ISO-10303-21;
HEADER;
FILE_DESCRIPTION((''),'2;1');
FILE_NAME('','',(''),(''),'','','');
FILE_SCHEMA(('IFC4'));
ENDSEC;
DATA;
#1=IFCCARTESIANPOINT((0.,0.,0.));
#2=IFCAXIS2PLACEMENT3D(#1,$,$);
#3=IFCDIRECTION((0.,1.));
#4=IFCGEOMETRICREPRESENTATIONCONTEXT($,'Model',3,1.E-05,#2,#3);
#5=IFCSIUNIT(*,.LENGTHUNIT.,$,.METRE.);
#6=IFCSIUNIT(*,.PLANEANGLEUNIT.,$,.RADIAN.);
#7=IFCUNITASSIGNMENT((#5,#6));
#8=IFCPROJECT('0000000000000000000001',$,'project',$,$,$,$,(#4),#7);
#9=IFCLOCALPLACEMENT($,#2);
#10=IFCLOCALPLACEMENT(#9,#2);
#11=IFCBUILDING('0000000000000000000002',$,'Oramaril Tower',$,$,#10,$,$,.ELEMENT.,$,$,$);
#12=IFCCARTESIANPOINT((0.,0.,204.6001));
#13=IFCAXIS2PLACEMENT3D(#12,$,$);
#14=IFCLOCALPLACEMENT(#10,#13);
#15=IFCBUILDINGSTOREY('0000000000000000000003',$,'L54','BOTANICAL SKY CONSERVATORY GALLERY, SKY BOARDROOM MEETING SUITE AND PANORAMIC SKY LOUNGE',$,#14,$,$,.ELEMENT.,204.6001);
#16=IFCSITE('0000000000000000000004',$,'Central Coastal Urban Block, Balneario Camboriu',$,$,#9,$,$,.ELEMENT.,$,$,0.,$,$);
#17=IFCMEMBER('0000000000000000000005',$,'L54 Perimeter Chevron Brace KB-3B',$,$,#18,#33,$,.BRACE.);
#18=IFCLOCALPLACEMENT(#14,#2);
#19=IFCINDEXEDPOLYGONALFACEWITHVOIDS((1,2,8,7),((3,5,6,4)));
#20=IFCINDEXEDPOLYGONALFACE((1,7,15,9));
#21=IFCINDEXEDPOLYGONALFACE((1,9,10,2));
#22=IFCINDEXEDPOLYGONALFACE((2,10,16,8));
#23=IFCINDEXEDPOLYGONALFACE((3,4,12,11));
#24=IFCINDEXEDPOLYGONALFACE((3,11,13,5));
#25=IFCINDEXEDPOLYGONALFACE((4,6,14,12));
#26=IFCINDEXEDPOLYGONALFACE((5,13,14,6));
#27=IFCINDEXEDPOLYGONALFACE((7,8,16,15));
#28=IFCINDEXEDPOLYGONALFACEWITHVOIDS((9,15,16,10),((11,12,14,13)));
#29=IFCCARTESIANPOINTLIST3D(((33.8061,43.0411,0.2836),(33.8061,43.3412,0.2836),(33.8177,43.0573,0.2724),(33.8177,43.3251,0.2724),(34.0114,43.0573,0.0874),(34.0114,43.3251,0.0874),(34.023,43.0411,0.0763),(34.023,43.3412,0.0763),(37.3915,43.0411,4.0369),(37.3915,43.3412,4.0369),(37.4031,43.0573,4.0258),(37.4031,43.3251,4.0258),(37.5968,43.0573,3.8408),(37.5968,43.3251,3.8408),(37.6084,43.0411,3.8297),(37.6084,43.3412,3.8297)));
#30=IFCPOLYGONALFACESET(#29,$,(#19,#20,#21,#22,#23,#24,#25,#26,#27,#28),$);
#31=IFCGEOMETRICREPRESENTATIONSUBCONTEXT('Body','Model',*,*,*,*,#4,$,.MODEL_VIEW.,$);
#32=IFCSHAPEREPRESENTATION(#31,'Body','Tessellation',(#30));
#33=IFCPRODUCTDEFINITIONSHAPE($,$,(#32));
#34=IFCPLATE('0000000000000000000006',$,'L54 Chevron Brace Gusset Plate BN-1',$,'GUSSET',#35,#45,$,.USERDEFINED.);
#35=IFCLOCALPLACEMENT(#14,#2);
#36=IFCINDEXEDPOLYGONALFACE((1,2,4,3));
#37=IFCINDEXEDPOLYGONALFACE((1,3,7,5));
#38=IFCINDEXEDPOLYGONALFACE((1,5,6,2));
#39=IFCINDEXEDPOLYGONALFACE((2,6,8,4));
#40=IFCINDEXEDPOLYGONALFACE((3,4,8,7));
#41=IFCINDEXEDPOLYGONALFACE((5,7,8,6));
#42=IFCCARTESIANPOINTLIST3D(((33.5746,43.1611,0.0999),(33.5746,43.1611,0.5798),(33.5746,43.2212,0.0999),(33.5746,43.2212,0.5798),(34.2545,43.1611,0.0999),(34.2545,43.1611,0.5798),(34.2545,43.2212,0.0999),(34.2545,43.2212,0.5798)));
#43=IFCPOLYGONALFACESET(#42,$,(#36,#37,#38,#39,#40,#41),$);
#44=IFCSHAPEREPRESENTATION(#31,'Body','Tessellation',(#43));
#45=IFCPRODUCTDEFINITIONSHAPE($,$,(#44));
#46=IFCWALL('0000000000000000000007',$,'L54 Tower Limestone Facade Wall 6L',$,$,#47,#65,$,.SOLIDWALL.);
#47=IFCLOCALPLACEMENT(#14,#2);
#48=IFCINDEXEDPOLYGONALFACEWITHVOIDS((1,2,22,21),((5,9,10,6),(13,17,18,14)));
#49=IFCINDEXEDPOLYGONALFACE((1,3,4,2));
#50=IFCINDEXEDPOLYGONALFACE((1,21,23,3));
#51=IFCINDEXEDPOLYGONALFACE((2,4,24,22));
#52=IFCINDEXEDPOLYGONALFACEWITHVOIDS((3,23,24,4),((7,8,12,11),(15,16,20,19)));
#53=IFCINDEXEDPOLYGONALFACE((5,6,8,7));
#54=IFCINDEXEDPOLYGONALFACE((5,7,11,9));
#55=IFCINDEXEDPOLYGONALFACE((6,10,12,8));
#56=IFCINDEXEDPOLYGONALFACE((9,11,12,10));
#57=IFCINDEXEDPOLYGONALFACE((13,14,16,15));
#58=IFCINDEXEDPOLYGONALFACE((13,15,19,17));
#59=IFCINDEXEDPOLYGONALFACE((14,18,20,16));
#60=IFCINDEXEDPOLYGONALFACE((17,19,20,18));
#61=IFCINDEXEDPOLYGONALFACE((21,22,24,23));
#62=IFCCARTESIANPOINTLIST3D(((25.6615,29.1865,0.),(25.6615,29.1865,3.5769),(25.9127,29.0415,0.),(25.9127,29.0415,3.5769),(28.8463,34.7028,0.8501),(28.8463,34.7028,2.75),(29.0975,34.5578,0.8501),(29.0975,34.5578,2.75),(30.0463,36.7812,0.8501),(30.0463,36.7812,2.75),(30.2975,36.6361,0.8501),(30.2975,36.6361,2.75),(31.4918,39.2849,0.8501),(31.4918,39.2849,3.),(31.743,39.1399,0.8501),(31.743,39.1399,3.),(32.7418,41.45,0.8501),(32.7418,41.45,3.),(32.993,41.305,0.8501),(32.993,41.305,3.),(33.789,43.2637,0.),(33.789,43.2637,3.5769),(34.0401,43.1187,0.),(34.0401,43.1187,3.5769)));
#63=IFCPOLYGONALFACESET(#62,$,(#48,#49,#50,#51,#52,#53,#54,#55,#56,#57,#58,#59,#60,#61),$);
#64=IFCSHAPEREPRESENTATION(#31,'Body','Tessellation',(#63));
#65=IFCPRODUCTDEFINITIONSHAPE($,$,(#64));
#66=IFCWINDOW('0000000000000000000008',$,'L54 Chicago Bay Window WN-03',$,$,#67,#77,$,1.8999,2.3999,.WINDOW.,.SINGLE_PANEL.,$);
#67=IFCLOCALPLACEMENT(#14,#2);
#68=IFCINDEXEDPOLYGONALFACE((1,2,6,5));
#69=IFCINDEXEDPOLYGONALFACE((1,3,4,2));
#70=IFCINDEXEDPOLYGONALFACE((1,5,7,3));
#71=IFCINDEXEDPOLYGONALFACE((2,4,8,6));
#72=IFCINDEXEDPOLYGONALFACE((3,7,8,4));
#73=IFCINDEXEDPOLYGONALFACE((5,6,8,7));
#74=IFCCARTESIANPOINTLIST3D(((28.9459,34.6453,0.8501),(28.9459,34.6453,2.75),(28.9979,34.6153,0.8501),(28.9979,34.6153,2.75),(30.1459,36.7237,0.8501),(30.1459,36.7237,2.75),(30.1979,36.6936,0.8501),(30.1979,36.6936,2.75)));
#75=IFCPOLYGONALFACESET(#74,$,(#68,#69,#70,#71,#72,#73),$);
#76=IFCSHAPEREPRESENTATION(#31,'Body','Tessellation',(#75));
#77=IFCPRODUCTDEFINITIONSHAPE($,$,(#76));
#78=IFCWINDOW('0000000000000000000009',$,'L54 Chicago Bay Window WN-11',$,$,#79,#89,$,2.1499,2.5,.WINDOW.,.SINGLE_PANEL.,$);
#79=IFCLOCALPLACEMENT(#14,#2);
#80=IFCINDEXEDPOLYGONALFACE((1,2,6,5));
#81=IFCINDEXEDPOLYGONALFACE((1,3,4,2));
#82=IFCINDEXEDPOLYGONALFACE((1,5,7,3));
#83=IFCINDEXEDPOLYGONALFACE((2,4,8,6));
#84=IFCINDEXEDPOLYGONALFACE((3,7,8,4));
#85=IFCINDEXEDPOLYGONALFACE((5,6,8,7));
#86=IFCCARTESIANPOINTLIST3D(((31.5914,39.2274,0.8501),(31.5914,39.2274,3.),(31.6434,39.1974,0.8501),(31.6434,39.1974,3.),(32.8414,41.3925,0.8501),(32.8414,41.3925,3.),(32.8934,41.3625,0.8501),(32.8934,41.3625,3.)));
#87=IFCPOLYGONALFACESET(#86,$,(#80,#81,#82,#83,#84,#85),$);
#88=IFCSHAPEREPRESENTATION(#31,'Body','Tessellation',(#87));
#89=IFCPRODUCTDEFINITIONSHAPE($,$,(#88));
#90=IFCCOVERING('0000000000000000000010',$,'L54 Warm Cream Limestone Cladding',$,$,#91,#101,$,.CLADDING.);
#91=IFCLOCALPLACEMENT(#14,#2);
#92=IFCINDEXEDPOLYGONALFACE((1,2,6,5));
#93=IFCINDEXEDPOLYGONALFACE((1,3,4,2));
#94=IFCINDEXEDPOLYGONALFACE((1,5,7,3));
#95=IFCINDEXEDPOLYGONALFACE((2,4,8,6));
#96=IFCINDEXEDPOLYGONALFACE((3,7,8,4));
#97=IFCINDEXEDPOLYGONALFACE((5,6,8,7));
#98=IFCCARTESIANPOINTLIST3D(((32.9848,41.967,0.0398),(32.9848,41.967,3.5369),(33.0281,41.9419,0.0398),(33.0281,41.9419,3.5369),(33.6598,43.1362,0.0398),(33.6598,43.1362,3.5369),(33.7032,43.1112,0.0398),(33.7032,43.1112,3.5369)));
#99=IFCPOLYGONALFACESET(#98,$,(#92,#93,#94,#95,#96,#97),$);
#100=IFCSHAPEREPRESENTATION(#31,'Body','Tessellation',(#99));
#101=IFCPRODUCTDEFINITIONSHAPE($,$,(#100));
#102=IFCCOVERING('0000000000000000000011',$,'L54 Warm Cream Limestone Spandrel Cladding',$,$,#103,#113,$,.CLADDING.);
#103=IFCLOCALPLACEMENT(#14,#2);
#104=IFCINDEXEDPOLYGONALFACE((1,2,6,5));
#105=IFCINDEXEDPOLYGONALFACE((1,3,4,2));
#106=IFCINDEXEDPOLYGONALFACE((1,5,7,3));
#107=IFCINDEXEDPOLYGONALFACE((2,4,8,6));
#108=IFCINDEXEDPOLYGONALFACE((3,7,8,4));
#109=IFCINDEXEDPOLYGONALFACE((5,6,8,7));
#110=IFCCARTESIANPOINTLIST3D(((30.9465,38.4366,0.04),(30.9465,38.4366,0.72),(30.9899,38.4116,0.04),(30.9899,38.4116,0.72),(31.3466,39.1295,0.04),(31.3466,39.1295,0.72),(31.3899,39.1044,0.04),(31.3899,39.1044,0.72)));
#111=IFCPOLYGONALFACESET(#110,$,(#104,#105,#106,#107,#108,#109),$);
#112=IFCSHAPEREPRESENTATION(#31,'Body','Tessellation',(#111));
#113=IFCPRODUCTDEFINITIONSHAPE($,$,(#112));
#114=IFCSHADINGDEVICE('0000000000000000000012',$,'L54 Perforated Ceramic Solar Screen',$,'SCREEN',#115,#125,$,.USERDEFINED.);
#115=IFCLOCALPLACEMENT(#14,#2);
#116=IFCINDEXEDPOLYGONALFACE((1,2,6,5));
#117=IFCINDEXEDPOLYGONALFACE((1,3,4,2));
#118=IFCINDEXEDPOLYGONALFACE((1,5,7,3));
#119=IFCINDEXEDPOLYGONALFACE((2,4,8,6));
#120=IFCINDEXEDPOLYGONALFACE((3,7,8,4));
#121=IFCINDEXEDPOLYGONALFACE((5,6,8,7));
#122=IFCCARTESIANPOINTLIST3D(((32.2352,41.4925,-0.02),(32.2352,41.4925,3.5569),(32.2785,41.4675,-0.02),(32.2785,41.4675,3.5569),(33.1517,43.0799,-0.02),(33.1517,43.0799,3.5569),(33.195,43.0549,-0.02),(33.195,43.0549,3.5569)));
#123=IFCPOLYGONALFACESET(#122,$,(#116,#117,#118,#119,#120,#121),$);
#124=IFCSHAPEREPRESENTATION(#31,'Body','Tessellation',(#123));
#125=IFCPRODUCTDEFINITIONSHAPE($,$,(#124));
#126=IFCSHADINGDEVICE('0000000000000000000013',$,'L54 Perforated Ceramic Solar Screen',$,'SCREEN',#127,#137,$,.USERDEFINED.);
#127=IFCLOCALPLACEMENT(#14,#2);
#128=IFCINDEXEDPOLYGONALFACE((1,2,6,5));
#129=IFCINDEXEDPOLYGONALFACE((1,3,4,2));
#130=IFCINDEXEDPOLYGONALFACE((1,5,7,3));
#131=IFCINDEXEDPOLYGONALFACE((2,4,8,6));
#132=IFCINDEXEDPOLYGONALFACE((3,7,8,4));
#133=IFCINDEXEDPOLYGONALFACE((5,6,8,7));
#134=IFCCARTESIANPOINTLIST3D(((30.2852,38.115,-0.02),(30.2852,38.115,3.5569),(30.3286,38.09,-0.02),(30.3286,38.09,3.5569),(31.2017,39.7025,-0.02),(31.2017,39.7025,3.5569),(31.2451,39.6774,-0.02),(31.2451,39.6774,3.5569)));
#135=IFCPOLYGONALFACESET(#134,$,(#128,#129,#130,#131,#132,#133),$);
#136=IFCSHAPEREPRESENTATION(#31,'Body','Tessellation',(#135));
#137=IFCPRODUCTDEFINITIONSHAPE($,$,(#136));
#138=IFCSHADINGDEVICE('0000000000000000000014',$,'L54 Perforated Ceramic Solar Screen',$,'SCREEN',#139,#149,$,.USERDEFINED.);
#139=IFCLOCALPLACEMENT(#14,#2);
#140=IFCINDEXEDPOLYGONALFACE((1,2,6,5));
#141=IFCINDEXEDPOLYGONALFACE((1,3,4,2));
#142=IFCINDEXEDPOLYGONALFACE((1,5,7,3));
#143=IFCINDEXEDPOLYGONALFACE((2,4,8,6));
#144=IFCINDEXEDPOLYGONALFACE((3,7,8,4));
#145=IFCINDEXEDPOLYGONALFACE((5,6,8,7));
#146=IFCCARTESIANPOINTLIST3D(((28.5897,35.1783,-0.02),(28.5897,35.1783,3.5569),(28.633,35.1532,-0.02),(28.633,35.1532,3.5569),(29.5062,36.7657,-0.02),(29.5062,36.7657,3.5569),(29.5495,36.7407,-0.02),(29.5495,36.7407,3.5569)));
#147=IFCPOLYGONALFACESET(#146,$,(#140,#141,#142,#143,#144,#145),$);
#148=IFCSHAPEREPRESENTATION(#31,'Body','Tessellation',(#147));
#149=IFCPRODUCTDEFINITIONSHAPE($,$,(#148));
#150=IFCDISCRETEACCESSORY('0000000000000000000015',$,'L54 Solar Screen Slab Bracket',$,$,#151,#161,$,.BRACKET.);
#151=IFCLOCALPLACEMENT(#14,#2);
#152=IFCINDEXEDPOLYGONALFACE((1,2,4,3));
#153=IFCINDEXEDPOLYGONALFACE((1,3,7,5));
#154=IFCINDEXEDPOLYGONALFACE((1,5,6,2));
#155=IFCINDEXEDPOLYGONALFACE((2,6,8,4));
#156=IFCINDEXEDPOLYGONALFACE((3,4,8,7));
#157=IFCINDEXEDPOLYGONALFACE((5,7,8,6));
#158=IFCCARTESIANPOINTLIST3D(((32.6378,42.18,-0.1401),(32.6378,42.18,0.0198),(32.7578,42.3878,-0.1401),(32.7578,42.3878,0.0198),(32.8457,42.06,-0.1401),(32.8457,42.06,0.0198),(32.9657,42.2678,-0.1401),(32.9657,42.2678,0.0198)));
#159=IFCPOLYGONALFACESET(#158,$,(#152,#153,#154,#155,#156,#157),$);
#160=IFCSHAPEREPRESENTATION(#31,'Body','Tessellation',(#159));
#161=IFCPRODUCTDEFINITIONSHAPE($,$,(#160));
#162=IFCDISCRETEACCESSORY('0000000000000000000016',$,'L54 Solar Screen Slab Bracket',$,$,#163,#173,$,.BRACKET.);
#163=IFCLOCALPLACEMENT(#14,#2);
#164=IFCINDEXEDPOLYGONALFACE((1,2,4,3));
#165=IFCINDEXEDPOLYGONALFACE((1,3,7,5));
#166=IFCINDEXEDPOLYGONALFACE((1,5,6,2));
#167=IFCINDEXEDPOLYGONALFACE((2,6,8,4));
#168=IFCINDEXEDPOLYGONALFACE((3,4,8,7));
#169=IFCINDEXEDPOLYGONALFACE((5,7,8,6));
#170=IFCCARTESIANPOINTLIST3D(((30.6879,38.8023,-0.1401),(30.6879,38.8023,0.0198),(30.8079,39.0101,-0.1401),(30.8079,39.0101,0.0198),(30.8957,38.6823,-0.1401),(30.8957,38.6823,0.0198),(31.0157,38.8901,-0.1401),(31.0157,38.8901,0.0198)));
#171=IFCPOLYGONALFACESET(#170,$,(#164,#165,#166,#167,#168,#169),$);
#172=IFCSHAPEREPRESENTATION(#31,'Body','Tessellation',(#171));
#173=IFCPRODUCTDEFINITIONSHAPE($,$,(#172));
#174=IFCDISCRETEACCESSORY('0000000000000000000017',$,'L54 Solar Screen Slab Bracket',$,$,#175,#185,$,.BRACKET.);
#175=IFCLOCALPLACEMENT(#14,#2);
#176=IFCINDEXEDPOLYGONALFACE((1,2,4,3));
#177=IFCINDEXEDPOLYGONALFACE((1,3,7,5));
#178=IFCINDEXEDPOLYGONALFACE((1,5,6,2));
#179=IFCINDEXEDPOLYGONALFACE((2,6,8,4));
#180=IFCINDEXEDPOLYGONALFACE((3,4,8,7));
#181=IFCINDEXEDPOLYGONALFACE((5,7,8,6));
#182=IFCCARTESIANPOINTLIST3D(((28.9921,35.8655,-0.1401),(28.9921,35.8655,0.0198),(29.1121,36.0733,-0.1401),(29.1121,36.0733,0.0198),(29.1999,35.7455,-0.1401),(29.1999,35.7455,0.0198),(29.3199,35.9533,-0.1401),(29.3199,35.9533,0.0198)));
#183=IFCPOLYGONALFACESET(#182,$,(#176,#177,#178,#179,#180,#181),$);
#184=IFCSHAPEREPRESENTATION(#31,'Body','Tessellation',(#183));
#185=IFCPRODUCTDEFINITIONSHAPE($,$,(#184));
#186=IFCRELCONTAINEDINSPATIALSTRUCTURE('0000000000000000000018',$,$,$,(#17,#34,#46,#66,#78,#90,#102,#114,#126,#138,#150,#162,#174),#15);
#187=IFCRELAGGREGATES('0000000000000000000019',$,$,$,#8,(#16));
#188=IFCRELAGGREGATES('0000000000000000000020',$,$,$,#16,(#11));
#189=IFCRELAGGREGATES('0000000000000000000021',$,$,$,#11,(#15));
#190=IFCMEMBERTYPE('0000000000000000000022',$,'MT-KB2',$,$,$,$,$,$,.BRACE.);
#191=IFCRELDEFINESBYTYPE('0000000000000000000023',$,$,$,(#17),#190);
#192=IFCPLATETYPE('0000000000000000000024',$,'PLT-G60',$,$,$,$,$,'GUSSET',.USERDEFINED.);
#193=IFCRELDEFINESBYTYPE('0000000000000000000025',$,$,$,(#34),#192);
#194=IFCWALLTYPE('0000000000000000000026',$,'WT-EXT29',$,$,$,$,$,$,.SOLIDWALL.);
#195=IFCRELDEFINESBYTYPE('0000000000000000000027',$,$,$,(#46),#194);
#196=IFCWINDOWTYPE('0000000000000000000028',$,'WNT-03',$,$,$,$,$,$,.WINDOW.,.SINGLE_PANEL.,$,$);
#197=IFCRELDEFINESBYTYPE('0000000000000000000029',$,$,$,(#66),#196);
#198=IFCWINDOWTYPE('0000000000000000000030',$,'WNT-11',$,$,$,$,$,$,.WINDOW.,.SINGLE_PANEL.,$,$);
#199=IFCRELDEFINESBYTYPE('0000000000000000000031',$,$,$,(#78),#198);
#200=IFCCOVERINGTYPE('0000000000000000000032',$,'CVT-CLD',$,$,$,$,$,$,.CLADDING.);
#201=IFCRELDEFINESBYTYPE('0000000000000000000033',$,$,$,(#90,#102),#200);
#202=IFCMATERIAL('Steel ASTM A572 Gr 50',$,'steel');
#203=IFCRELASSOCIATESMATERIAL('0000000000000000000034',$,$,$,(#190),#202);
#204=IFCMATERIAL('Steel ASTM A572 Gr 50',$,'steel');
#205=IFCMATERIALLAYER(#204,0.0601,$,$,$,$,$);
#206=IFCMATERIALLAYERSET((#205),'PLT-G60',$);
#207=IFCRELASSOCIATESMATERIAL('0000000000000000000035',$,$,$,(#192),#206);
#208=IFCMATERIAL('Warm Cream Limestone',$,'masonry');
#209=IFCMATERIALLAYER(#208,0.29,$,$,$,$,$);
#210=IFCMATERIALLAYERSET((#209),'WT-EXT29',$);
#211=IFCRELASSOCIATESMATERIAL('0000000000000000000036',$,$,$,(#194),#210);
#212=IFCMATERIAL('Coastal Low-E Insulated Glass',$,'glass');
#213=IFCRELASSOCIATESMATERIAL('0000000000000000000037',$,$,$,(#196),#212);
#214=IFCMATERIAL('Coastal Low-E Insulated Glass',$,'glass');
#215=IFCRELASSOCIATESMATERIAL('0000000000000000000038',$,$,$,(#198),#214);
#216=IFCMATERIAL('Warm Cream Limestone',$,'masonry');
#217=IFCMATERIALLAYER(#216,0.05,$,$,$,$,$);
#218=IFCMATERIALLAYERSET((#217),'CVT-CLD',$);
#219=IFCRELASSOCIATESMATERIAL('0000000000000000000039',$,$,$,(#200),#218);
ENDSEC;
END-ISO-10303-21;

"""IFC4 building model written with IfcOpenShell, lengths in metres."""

from ifc_helpers import new_model, si_unit, direction, frame, frame_2d, origin, origin_2d, place, context, subcontext, project, spatial, rectangle, hollow_rectangle, extrude, material, layer, layer_set, material_profile, profile_set, type_object, element, fill, save


model = new_model("IFC4")

# Units and contexts
model_context = context("Model", 3, precision=1e-05, world=origin(), true_north=direction((0.0, 1.0)))
body_context = subcontext(model_context, "Body", "Model", "MODEL_VIEW")
ifc_project = project(units=[si_unit("LENGTHUNIT", "METRE"), si_unit("PLANEANGLEUNIT", "RADIAN")], contexts=[model_context])

# Site, building, storey
site_placement = place(None, origin())
site = spatial("IfcSite", under=ifc_project, at=site_placement, Name="Central Coastal Urban Block, Balneario Camboriu", CompositionType="ELEMENT", RefElevation=0.0)
building_placement = place(site_placement, origin())
building = spatial("IfcBuilding", under=site, at=building_placement, Name="Oramaril Tower", CompositionType="ELEMENT")
storey_placement = place(building_placement, frame((0.0, 0.0, 204.6001)))
storey = spatial("IfcBuildingStorey", under=building, at=storey_placement, Name="L54", Description="BOTANICAL SKY CONSERVATORY GALLERY, SKY BOARDROOM MEETING SUITE AND PANORAMIC SKY LOUNGE", CompositionType="ELEMENT", Elevation=204.6001)

# Member
ifc_material_1 = material(Name="Steel ASTM A572 Gr 50", Category="steel")
ifc_material_profile_1 = material_profile(ifc_material_1, hollow_rectangle(XDim=0.3, YDim=0.3, WallThickness=0.0161, at=origin_2d()), Name="HSS300X300X16")
ifc_profile_set_1 = profile_set([ifc_material_profile_1], Name="Steel ASTM A572 Gr 50")
member_type = type_object("IfcMemberType", Name="MT-KB2", PredefinedType="BRACE", material=ifc_profile_set_1)
member_placement = place(storey_placement, frame((33.9146, 43.1912, 0.1799), z_axis=(0.690742, 0.0, 0.723101), x_axis=(0.0, 1.0, 0.0)))
element("IfcMember", 1, at=member_placement, inside=storey, type_object=member_type, Name="L54 Perimeter Chevron Brace KB-3B", PredefinedType="BRACE", context=body_context, shape_type="SweptSolid", body=[
    extrude(hollow_rectangle(XDim=0.3, YDim=0.3, WallThickness=0.0161, at=origin_2d()), origin(), (0.0, 0.0, 1.0), 5.1907),
])

# Plate
ifc_material_2 = material(Name="Steel ASTM A572 Gr 50", Category="steel")
ifc_layer_1 = layer(ifc_material_2, 0.0601)
ifc_layer_set_1 = layer_set([ifc_layer_1], Name="PLT-G60")
plate_type = type_object("IfcPlateType", Name="PLT-G60", ElementType="GUSSET", PredefinedType="USERDEFINED", material=ifc_layer_set_1)
plate_placement = place(storey_placement, frame((33.9146, 43.1912, 0.0999), z_axis=(0.0, 0.0, 1.0), x_axis=(-1.0, 0.0, 0.0)))
element("IfcPlate", 2, at=plate_placement, inside=storey, type_object=plate_type, Name="L54 Chevron Brace Gusset Plate BN-1", ObjectType="GUSSET", PredefinedType="USERDEFINED", context=body_context, shape_type="SweptSolid", body=[
    extrude(rectangle(XDim=0.6799, YDim=0.0601, at=origin_2d()), origin(), (0.0, 0.0, 1.0), 0.48),
])

# Wall, openings, windows
ifc_material_3 = material(Name="Warm Cream Limestone", Category="masonry")
ifc_layer_2 = layer(ifc_material_3, 0.29)
ifc_layer_set_2 = layer_set([ifc_layer_2], Name="WT-EXT29")
wall_type = type_object("IfcWallType", Name="WT-EXT29", PredefinedType="SOLIDWALL", material=ifc_layer_set_2)
wall_placement = place(storey_placement, frame((33.9146, 43.1912, 0.0), z_axis=(0.0, 0.0, 1.0), x_axis=(-0.5, -0.866026, 0.0)))
wall = element("IfcWall", 3, at=wall_placement, inside=storey, type_object=wall_type, Name="L54 Tower Limestone Facade Wall 6L", PredefinedType="SOLIDWALL", context=body_context, shape_type="SweptSolid", body=[
    extrude(rectangle(XDim=16.2549, YDim=0.29, at=frame_2d((8.1274, 0.0))), origin(), (0.0, 0.0, 1.0), 3.5769),
])
opening_1_placement = place(wall_placement, frame((2.0942, 0.0, 0.8501)))
opening_1 = element("IfcOpeningElement", 4, at=opening_1_placement, cuts=wall, PredefinedType="OPENING", context=body_context, shape_type="SweptSolid", body=[
    extrude(rectangle(XDim=2.5, YDim=2.1499, at=frame_2d((1.25, 1.075))), frame((0.0, 0.145, 0.0), z_axis=(0.0, -1.0, 0.0), x_axis=(1.0, 0.0, 0.0)), (0.0, 0.0, 1.0), 0.29),
])
opening_2_placement = place(wall_placement, frame((7.4854, 0.0, 0.8501)))
opening_2 = element("IfcOpeningElement", 5, at=opening_2_placement, cuts=wall, PredefinedType="OPENING", context=body_context, shape_type="SweptSolid", body=[
    extrude(rectangle(XDim=2.3999, YDim=1.8999, at=frame_2d((1.2, 0.95))), frame((0.0, 0.145, 0.0), z_axis=(0.0, -1.0, 0.0), x_axis=(1.0, 0.0, 0.0)), (0.0, 0.0, 1.0), 0.29),
])
ifc_material_4 = material(Name="Coastal Low-E Insulated Glass", Category="glass")
window_type_1 = type_object("IfcWindowType", Name="WNT-03", PartitioningType="SINGLE_PANEL", PredefinedType="WINDOW", material=ifc_material_4)
window_1_placement = place(opening_2_placement, origin())
window_1 = element("IfcWindow", 6, at=window_1_placement, inside=storey, type_object=window_type_1, Name="L54 Chicago Bay Window WN-03", OverallHeight=1.8999, OverallWidth=2.3999, PartitioningType="SINGLE_PANEL", PredefinedType="WINDOW", context=body_context, shape_type="SweptSolid", body=[
    extrude(rectangle(XDim=2.3999, YDim=1.8999, at=frame_2d((1.2, 0.95))), frame((0.0, 0.03, 0.0), z_axis=(0.0, -1.0, 0.0), x_axis=(1.0, 0.0, 0.0)), (0.0, 0.0, 1.0), 0.0601),
])
fill(opening_2, window_1)
ifc_material_5 = material(Name="Coastal Low-E Insulated Glass", Category="glass")
window_type_2 = type_object("IfcWindowType", Name="WNT-11", PartitioningType="SINGLE_PANEL", PredefinedType="WINDOW", material=ifc_material_5)
window_2_placement = place(opening_1_placement, origin())
window_2 = element("IfcWindow", 7, at=window_2_placement, inside=storey, type_object=window_type_2, Name="L54 Chicago Bay Window WN-11", OverallHeight=2.1499, OverallWidth=2.5, PartitioningType="SINGLE_PANEL", PredefinedType="WINDOW", context=body_context, shape_type="SweptSolid", body=[
    extrude(rectangle(XDim=2.5, YDim=2.1499, at=frame_2d((1.25, 1.075))), frame((0.0, 0.03, 0.0), z_axis=(0.0, -1.0, 0.0), x_axis=(1.0, 0.0, 0.0)), (0.0, 0.0, 1.0), 0.0601),
])
fill(opening_1, window_2)

# Coverings
ifc_material_6 = material(Name="Warm Cream Limestone", Category="masonry")
ifc_layer_3 = layer(ifc_material_6, 0.05)
ifc_layer_set_3 = layer_set([ifc_layer_3], Name="CVT-CLD")
covering_type = type_object("IfcCoveringType", Name="CVT-CLD", PredefinedType="CLADDING", material=ifc_layer_set_3)
covering_1_placement = place(storey_placement, frame((33.344, 42.5391, 0.0398), z_axis=(0.0, 0.0, 1.0), x_axis=(-0.5, -0.866025, 0.0)))
element("IfcCovering", 8, at=covering_1_placement, inside=storey, type_object=covering_type, Name="L54 Warm Cream Limestone Cladding", PredefinedType="CLADDING", context=body_context, shape_type="SweptSolid", body=[
    extrude(rectangle(XDim=1.3501, YDim=0.05, at=origin_2d()), origin(), (0.0, 0.0, 1.0), 3.4971),
])
covering_2_placement = place(storey_placement, frame((31.1682, 38.7705, 0.04), z_axis=(0.0, 0.0, 1.0), x_axis=(-0.5, -0.866025, 0.0)))
element("IfcCovering", 9, at=covering_2_placement, inside=storey, type_object=covering_type, Name="L54 Warm Cream Limestone Spandrel Cladding", PredefinedType="CLADDING", context=body_context, shape_type="SweptSolid", body=[
    extrude(rectangle(XDim=0.8, YDim=0.05, at=origin_2d()), origin(), (0.0, 0.0, 1.0), 0.6799),
])

# Shading devices
for number, where, z_axis, x_axis, name in (
    (10, (32.7151, 42.2737, -0.02), (0.0, 0.0, 1.0), (-0.499998, -0.866026, 0.0), "L54 Perforated Ceramic Solar Screen"),
    (11, (30.7651, 38.8962, -0.02), (0.0, 0.0, 1.0), (-0.499998, -0.866026, 0.0), "L54 Perforated Ceramic Solar Screen"),
    (12, (29.0696, 35.9595, -0.02), (0.0, 0.0, 1.0), (-0.499998, -0.866026, 0.0), "L54 Perforated Ceramic Solar Screen"),
):
    element("IfcShadingDevice", number, at=place(storey_placement, frame(where, z_axis=z_axis, x_axis=x_axis)), inside=storey, Name=name, ObjectType="SCREEN", PredefinedType="USERDEFINED", context=body_context, shape_type="SweptSolid", body=[
        extrude(rectangle(XDim=1.833, YDim=0.05, at=origin_2d()), origin(), (0.0, 0.0, 1.0), 3.5769),
    ])

# Discrete accessories
for number, where, z_axis, x_axis, name in (
    (13, (32.8018, 42.2239, -0.1401), (0.0, 0.0, 1.0), (-0.499998, -0.866026, 0.0), "L54 Solar Screen Slab Bracket"),
    (14, (30.8518, 38.8462, -0.1401), (0.0, 0.0, 1.0), (-0.499998, -0.866026, 0.0), "L54 Solar Screen Slab Bracket"),
    (15, (29.156, 35.9094, -0.1401), (0.0, 0.0, 1.0), (-0.499998, -0.866026, 0.0), "L54 Solar Screen Slab Bracket"),
):
    element("IfcDiscreteAccessory", number, at=place(storey_placement, frame(where, z_axis=z_axis, x_axis=x_axis)), inside=storey, Name=name, PredefinedType="BRACKET", context=body_context, shape_type="SweptSolid", body=[
        extrude(rectangle(XDim=0.24, YDim=0.24, at=origin_2d()), origin(), (0.0, 0.0, 1.0), 0.1599),
    ])

save(model, "model.ifc")
